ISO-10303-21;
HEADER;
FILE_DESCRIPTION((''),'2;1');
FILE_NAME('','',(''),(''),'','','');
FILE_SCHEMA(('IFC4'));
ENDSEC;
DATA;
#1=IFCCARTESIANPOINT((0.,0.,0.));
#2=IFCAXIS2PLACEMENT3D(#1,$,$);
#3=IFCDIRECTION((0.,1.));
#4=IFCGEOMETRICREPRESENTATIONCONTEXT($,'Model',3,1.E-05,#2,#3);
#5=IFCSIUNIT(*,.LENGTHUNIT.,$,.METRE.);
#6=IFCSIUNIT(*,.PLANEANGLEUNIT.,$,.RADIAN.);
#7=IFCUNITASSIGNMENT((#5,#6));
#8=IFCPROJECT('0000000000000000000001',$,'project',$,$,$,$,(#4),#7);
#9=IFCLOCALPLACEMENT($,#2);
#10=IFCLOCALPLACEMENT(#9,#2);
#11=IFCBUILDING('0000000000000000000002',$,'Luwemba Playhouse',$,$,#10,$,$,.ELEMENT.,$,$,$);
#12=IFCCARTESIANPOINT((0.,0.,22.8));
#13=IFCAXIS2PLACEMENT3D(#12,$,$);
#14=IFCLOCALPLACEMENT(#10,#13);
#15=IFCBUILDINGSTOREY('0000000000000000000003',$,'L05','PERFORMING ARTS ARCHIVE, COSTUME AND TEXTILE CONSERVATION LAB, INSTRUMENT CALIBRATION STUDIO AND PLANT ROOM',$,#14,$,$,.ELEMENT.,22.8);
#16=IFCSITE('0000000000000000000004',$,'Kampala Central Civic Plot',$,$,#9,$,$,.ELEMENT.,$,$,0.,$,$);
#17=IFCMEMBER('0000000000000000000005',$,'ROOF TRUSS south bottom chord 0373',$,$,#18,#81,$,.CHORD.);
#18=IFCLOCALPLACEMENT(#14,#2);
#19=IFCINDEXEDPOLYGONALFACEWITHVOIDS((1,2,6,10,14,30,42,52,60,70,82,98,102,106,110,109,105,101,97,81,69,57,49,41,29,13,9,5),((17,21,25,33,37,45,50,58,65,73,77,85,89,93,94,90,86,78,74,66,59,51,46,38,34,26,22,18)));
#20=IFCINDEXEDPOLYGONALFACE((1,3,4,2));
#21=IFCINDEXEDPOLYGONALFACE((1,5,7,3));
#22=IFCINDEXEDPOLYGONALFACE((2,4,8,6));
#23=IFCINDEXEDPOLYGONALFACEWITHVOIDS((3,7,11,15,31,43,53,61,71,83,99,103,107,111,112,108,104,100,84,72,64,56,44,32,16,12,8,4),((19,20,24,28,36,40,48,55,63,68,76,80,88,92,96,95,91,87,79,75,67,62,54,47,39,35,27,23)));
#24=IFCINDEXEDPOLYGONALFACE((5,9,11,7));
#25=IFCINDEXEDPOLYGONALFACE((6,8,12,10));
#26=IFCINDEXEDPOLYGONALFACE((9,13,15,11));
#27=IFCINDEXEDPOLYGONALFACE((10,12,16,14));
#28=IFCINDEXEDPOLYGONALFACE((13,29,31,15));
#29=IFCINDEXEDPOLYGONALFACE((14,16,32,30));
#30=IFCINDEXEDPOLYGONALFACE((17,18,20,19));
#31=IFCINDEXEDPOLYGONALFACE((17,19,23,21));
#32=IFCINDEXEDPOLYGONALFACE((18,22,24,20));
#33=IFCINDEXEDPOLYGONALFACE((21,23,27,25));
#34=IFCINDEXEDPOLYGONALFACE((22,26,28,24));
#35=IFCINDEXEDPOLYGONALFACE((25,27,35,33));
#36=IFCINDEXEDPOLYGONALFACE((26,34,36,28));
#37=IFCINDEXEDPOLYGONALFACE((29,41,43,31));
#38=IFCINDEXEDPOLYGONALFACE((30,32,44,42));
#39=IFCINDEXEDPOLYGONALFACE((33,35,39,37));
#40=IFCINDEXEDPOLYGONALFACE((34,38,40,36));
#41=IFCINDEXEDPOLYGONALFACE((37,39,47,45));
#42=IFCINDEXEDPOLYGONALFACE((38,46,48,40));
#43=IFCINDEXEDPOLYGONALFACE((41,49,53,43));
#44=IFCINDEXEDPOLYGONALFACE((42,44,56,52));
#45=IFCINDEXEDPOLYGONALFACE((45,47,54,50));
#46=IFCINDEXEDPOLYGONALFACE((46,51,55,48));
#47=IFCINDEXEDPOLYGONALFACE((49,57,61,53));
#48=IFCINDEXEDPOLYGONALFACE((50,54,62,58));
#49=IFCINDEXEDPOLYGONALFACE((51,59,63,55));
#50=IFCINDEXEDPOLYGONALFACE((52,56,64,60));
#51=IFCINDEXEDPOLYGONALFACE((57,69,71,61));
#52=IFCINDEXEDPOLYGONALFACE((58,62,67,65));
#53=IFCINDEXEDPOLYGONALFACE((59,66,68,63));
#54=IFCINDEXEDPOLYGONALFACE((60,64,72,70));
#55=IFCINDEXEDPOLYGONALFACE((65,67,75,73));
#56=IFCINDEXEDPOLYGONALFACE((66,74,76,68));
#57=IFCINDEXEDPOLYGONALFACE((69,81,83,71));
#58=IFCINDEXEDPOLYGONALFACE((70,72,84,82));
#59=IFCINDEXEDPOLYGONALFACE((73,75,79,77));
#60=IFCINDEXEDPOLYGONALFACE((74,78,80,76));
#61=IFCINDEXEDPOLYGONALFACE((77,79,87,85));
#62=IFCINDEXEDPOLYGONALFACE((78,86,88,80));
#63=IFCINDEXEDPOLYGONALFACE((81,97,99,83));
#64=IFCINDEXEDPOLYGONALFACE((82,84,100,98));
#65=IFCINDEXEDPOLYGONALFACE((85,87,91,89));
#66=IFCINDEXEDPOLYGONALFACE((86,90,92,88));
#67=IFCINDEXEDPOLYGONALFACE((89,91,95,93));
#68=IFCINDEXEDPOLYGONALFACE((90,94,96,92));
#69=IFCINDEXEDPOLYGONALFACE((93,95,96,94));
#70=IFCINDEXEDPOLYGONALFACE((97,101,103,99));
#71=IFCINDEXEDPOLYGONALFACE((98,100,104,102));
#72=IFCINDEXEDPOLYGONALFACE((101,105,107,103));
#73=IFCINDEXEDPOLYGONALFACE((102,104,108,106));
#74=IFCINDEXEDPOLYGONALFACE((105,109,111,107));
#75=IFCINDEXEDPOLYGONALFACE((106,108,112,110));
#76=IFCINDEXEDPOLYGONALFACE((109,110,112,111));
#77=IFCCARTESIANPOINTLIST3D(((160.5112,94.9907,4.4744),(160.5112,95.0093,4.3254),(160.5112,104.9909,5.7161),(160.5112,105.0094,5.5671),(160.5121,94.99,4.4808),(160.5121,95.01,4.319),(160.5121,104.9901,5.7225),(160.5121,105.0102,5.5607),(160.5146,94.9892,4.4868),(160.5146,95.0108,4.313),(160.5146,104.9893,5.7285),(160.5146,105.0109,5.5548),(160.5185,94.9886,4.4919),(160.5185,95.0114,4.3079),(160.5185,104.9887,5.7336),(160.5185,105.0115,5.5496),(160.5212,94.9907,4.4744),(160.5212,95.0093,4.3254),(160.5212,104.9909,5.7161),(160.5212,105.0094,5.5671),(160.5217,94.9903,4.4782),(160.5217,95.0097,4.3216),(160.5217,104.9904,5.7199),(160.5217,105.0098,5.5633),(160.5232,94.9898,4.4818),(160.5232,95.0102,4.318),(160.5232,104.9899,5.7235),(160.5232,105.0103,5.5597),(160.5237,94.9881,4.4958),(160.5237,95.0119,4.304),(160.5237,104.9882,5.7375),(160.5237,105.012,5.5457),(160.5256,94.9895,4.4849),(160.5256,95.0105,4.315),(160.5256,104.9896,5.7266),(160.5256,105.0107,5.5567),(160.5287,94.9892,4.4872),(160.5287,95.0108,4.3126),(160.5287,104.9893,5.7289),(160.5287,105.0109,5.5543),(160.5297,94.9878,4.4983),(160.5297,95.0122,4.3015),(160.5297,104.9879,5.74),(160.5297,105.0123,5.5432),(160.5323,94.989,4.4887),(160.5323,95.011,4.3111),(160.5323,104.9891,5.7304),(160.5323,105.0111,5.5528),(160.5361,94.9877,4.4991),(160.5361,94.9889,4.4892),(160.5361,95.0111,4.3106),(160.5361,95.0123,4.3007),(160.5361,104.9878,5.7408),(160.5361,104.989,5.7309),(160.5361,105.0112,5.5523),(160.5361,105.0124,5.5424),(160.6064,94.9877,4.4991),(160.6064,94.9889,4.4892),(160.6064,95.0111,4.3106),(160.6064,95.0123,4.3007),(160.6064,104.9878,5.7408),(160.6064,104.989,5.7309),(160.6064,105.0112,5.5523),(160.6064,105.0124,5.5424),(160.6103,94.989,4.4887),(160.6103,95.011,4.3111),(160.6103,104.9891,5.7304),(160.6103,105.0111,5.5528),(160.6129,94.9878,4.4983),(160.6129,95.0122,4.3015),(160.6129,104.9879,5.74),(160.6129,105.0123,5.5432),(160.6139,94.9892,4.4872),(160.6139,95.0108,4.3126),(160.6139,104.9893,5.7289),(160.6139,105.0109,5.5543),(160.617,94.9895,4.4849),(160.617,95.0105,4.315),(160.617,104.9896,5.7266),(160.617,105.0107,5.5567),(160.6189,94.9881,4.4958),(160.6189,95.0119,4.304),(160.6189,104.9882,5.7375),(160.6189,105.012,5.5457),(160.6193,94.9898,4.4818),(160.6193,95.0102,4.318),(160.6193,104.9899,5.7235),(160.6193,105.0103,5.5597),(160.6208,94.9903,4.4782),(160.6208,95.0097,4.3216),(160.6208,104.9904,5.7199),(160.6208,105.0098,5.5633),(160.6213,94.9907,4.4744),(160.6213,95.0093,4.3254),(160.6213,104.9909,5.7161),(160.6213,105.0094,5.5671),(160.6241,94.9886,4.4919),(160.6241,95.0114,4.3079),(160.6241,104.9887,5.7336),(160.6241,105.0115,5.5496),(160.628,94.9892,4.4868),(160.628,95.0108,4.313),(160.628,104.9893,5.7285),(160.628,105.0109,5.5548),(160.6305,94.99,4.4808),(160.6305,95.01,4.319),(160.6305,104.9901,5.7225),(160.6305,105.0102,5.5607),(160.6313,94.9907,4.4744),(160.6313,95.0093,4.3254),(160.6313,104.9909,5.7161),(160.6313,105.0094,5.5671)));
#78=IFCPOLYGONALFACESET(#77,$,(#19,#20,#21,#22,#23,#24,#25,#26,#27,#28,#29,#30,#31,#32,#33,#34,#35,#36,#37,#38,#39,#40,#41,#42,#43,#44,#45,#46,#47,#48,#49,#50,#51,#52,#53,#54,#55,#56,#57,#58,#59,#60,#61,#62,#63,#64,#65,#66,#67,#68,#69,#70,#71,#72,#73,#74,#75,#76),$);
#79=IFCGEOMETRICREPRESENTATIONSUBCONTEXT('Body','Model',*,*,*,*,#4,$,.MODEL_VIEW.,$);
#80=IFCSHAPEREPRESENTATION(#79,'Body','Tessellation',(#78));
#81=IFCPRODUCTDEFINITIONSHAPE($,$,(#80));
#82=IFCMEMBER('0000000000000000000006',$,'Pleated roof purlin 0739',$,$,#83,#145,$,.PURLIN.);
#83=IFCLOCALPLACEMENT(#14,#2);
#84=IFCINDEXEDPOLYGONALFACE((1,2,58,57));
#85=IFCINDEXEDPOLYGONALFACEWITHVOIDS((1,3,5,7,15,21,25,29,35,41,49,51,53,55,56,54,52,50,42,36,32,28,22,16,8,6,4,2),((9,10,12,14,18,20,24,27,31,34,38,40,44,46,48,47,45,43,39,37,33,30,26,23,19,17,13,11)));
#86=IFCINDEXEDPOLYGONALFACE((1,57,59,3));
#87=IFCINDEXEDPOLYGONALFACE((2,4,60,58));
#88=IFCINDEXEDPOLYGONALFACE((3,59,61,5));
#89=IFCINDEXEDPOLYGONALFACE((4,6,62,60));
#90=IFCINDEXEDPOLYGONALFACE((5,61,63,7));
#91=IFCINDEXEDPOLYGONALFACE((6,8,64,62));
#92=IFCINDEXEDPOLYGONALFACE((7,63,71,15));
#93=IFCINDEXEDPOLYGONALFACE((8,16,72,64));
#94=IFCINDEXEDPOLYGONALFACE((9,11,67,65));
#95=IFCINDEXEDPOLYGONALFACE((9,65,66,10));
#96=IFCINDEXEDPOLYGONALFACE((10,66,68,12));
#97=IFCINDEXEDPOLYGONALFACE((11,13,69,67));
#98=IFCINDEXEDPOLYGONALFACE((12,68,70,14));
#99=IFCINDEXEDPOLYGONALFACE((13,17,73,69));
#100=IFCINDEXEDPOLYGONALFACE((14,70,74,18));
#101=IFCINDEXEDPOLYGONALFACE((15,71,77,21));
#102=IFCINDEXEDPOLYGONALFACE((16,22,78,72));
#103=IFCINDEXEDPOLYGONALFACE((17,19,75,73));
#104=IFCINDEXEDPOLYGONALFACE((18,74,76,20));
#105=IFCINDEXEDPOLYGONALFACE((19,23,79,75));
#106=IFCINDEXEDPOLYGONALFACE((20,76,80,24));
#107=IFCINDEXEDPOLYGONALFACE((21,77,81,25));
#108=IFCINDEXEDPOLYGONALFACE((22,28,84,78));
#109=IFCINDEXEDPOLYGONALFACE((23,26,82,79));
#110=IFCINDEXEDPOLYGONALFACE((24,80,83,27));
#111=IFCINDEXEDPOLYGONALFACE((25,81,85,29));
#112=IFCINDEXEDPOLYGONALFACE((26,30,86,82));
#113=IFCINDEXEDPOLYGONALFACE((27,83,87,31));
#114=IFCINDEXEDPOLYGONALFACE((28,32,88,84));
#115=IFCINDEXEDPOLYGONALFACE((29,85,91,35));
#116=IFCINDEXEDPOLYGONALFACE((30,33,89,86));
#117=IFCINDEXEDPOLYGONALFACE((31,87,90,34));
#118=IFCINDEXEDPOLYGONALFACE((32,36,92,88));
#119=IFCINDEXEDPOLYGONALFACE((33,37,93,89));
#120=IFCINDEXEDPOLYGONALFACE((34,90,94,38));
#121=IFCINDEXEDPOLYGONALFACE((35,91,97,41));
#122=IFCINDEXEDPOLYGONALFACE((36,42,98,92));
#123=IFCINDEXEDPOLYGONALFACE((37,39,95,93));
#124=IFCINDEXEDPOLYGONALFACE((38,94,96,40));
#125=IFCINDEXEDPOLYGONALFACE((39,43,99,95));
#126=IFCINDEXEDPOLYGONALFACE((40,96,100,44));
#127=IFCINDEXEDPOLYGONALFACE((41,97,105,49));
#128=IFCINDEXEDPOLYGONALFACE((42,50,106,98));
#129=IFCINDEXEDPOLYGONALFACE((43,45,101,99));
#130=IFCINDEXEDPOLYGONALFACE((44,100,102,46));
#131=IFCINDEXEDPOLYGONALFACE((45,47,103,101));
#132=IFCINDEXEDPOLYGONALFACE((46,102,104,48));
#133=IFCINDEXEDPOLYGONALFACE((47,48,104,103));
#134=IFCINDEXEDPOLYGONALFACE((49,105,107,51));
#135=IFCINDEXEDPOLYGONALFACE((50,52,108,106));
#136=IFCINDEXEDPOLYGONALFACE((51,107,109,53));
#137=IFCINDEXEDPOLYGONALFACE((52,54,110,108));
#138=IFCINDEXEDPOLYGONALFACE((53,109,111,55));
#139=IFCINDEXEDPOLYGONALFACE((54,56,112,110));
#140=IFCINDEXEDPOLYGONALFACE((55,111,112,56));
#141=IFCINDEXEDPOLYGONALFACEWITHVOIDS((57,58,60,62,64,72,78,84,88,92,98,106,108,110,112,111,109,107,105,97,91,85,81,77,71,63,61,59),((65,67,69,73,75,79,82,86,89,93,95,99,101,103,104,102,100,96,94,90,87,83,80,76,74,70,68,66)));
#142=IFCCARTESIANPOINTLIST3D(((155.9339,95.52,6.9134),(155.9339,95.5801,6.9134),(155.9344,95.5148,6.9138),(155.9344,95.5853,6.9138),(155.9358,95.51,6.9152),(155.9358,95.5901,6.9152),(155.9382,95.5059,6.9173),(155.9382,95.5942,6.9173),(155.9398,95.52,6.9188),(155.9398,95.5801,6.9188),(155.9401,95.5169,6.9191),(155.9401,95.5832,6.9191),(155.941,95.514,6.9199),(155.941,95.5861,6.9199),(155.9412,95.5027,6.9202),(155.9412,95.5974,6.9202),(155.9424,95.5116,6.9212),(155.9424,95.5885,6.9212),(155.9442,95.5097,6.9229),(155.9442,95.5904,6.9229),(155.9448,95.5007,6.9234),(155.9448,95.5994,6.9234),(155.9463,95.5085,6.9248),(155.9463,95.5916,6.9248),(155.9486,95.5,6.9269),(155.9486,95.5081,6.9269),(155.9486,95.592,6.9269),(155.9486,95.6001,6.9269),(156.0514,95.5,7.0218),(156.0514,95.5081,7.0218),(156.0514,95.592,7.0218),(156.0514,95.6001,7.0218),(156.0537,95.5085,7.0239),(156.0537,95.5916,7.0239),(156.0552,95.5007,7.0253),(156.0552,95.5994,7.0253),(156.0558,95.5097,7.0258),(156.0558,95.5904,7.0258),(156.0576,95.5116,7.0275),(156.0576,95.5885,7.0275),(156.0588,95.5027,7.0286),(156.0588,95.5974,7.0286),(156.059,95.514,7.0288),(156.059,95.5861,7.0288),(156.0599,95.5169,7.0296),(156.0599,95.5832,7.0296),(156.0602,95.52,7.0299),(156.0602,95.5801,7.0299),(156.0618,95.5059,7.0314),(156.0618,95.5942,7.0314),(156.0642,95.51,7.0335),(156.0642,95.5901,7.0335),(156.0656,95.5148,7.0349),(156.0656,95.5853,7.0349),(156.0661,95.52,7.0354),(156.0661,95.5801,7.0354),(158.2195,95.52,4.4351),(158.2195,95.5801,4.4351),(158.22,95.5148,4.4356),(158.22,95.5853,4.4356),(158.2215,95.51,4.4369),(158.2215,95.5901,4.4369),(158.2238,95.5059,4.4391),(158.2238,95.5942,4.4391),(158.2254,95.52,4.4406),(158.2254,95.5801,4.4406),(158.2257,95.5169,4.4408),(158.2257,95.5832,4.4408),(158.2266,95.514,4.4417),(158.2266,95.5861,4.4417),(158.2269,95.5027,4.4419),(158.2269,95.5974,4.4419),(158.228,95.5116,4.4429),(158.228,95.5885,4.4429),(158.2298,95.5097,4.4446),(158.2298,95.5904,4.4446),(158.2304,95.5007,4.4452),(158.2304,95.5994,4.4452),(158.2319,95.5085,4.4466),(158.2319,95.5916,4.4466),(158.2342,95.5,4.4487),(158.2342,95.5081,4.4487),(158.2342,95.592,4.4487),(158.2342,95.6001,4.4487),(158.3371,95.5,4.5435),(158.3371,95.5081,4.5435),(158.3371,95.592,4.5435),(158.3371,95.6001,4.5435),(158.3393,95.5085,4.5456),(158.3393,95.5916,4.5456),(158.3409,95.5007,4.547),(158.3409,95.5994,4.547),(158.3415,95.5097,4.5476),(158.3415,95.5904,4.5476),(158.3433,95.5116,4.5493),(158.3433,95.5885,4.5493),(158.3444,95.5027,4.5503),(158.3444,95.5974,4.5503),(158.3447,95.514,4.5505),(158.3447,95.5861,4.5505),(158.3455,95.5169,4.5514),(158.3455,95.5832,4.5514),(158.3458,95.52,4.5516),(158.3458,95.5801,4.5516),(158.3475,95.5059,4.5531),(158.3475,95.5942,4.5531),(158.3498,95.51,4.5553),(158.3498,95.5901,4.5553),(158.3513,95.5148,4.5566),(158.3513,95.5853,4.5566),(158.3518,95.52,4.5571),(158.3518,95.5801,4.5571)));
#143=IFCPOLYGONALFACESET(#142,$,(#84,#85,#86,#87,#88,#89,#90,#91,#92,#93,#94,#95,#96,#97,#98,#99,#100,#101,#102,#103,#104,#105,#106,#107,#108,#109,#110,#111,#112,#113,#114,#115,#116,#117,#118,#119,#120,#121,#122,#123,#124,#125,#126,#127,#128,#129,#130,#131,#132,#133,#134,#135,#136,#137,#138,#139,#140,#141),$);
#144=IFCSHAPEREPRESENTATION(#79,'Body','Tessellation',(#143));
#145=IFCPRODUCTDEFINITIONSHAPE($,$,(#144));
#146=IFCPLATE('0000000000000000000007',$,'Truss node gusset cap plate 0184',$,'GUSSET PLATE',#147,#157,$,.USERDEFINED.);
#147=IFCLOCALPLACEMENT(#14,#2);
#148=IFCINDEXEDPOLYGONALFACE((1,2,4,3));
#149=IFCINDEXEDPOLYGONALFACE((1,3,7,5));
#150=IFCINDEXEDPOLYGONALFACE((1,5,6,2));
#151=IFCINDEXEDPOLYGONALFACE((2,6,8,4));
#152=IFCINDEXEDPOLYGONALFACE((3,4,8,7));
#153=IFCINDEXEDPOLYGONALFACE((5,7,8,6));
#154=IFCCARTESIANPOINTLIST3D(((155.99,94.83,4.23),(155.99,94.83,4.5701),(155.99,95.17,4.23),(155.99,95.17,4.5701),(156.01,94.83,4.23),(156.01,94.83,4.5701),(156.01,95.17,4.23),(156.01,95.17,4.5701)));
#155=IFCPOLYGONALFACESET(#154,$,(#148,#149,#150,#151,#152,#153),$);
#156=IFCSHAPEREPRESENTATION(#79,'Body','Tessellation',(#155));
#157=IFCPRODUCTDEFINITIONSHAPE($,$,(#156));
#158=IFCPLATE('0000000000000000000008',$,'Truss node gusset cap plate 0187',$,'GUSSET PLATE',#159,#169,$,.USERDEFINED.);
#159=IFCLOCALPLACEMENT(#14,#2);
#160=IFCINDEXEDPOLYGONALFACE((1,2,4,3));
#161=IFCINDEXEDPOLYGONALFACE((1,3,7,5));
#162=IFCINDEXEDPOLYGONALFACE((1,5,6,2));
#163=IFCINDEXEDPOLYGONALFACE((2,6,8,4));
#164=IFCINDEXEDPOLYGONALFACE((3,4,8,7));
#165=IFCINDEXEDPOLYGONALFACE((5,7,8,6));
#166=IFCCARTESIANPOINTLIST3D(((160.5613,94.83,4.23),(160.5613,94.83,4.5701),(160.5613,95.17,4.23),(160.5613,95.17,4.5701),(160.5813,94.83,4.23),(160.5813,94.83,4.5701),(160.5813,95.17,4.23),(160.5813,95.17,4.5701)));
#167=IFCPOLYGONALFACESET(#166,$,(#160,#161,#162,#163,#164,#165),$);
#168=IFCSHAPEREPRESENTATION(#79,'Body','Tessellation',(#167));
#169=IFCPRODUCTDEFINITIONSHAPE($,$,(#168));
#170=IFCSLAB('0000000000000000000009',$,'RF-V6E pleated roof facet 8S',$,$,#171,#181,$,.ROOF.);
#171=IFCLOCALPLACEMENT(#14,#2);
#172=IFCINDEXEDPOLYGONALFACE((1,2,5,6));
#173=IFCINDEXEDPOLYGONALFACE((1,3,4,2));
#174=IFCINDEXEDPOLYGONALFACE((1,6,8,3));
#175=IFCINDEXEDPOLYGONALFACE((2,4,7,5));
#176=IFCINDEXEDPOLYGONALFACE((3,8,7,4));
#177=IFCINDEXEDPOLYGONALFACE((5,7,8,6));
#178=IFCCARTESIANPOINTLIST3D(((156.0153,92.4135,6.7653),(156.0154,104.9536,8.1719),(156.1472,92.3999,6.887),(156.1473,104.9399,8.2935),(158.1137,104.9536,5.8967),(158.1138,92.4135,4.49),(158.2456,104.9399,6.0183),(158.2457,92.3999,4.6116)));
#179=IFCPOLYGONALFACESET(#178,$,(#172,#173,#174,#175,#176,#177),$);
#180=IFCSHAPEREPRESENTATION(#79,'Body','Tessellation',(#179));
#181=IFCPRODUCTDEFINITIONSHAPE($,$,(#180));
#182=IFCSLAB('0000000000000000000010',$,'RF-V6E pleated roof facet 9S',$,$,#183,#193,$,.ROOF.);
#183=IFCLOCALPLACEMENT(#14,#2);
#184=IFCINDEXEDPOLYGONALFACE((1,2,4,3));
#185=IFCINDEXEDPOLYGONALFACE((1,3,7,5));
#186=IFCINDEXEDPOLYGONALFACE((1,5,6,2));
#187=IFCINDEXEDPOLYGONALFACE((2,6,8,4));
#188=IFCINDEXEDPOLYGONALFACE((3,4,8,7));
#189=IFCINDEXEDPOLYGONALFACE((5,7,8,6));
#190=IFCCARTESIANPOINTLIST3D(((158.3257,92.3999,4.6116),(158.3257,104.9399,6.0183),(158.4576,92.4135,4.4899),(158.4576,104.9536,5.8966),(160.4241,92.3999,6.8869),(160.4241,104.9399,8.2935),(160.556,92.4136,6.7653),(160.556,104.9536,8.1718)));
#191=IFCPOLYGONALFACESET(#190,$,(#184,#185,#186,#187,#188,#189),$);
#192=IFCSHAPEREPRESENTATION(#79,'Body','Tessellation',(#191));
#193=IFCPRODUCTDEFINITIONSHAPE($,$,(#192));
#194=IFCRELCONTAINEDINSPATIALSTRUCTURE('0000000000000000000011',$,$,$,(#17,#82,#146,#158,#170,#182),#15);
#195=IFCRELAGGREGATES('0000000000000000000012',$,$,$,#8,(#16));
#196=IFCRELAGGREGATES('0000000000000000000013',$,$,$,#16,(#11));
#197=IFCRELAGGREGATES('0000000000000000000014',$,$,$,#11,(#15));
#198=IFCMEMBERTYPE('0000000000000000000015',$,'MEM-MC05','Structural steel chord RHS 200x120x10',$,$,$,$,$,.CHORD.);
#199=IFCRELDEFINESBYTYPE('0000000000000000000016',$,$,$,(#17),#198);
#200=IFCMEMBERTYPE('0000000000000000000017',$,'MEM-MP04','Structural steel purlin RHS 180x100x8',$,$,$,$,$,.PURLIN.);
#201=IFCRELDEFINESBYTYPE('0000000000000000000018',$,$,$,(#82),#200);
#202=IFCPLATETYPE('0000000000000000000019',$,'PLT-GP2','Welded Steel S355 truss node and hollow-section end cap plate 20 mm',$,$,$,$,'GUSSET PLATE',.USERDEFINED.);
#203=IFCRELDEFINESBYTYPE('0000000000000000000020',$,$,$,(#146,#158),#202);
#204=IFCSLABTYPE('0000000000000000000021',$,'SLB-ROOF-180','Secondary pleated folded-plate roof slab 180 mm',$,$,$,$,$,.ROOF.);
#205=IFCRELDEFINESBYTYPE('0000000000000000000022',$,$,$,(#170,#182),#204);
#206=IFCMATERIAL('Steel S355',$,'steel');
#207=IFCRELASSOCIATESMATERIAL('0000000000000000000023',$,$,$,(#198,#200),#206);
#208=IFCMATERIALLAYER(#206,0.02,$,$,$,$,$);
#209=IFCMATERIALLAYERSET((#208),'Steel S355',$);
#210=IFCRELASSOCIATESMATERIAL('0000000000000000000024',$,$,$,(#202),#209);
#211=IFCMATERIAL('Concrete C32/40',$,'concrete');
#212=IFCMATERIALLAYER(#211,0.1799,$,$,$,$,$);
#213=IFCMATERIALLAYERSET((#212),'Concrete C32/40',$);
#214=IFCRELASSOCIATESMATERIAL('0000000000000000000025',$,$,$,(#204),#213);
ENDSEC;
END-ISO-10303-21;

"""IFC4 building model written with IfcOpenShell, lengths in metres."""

from ifc_helpers import new_model, si_unit, direction, frame, origin, origin_2d, place, context, subcontext, project, spatial, polyline, rectangle, hollow_rectangle, outline, extrude, material, layer, layer_set, material_profile, profile_set, type_object, element, save


model = new_model("IFC4")

# Units and contexts
model_context = context("Model", 3, precision=1e-05, world=origin(), true_north=direction((0.0, 1.0)))
body_context = subcontext(model_context, "Body", "Model", "MODEL_VIEW")
ifc_project = project(units=[si_unit("LENGTHUNIT", "METRE"), si_unit("PLANEANGLEUNIT", "RADIAN")], contexts=[model_context])

# Site, building, storey
site_placement = place(None, origin())
site = spatial("IfcSite", under=ifc_project, at=site_placement, Name="Kampala Central Civic Plot", CompositionType="ELEMENT", RefElevation=0.0)
building_placement = place(site_placement, origin())
building = spatial("IfcBuilding", under=site, at=building_placement, Name="Luwemba Playhouse", CompositionType="ELEMENT")
storey_placement = place(building_placement, frame((0.0, 0.0, 22.8)))
storey = spatial("IfcBuildingStorey", under=building, at=storey_placement, Name="L05", Description="PERFORMING ARTS ARCHIVE, COSTUME AND TEXTILE CONSERVATION LAB, INSTRUMENT CALIBRATION STUDIO AND PLANT ROOM", CompositionType="ELEMENT", Elevation=22.8)

# Shared definitions
ifc_material_1 = material(Name="Steel S355", Category="steel")

# Members
ifc_material_profile_1 = material_profile(ifc_material_1, hollow_rectangle(XDim=0.1201, YDim=0.2, WallThickness=0.01, InnerFilletRadius=0.0149, OuterFilletRadius=0.0249, at=origin_2d()))
ifc_profile_set_1 = profile_set([ifc_material_profile_1], Name="Steel S355")
member_type_1 = type_object("IfcMemberType", Name="MEM-MC05", Description="Structural steel chord RHS 200x120x10", PredefinedType="CHORD", material=ifc_profile_set_1)
member_1_placement = place(storey_placement, frame((160.5713, 95.0, 4.3999), z_axis=(0.0, 0.992379, 0.123224), x_axis=(-1.0, 0.0, 0.0)))
element("IfcMember", 1, at=member_1_placement, inside=storey, type_object=member_type_1, Name="ROOF TRUSS south bottom chord 0373", PredefinedType="CHORD", context=body_context, shape_type="SweptSolid", body=[
    extrude(hollow_rectangle(XDim=0.1201, YDim=0.2, WallThickness=0.01, InnerFilletRadius=0.0149, OuterFilletRadius=0.0249, at=origin_2d()), origin(), (0.0, 0.0, 1.0), 10.0769),
])
ifc_material_profile_2 = material_profile(ifc_material_1, hollow_rectangle(XDim=0.1001, YDim=0.1799, WallThickness=0.0081, InnerFilletRadius=0.012, OuterFilletRadius=0.02, at=origin_2d()))
ifc_profile_set_2 = profile_set([ifc_material_profile_2], Name="Steel S355")
member_type_2 = type_object("IfcMemberType", Name="MEM-MP04", Description="Structural steel purlin RHS 180x100x8", PredefinedType="PURLIN", material=ifc_profile_set_2)
member_2_placement = place(storey_placement, frame((156.0, 95.55, 6.9744), z_axis=(0.677961, 0.0, -0.735098), x_axis=(0.0, 1.0, 0.0)))
element("IfcMember", 2, at=member_2_placement, inside=storey, type_object=member_type_2, Name="Pleated roof purlin 0739", PredefinedType="PURLIN", context=body_context, shape_type="SweptSolid", body=[
    extrude(hollow_rectangle(XDim=0.1001, YDim=0.1799, WallThickness=0.0081, InnerFilletRadius=0.012, OuterFilletRadius=0.02, at=origin_2d()), origin(), (0.0, 0.0, 1.0), 3.3713),
])

# Plates
ifc_layer_1 = layer(ifc_material_1, 0.02)
ifc_layer_set_1 = layer_set([ifc_layer_1], Name="Steel S355")
plate_type = type_object("IfcPlateType", Name="PLT-GP2", Description="Welded Steel S355 truss node and hollow-section end cap plate 20 mm", ElementType="GUSSET PLATE", PredefinedType="USERDEFINED", material=ifc_layer_set_1)
for number, where, z_axis, x_axis, name in (
    (3, (156.0, 95.0, 4.23), (0.0, 0.0, 1.0), (1.0, 0.0, 0.0), "Truss node gusset cap plate 0184"),
    (4, (160.5713, 95.0, 4.23), (0.0, 0.0, 1.0), (1.0, 0.0, 0.0), "Truss node gusset cap plate 0187"),
):
    element("IfcPlate", number, at=place(storey_placement, frame(where, z_axis=z_axis, x_axis=x_axis)), inside=storey, type_object=plate_type, Name=name, ObjectType="GUSSET PLATE", PredefinedType="USERDEFINED", context=body_context, shape_type="SweptSolid", body=[
        extrude(rectangle(XDim=0.02, YDim=0.3401, at=origin_2d()), origin(), (0.0, 0.0, 1.0), 0.3401),
    ])

# Slabs
ifc_material_2 = material(Name="Concrete C32/40", Category="concrete")
ifc_layer_2 = layer(ifc_material_2, 0.1799)
ifc_layer_set_2 = layer_set([ifc_layer_2], Name="Concrete C32/40")
slab_type = type_object("IfcSlabType", Name="SLB-ROOF-180", Description="Secondary pleated folded-plate roof slab 180 mm", PredefinedType="ROOF", material=ifc_layer_set_2)
slab_1_placement = place(storey_placement, frame((156.1472, 92.3999, 6.887), z_axis=(0.732986, -0.075827, 0.676004), x_axis=(0.677956, -0.000002, -0.735103)))
element("IfcSlab", 5, at=slab_1_placement, inside=storey, type_object=slab_type, Name="RF-V6E pleated roof facet 8S", PredefinedType="ROOF", context=body_context, shape_type="SweptSolid", body=[
    extrude(outline(polyline([(0.0, 0.0), (3.0953, 0.0), (2.0611, 12.5763), (-1.0339, 12.5762), (0.0, 0.0)])), origin(), (0.0, 0.0, -1.0), 0.1799),
])
slab_2_placement = place(storey_placement, frame((158.3257, 92.3999, 4.6116), z_axis=(-0.732986, -0.075827, 0.676004), x_axis=(0.677956, 0.000002, 0.735103)))
element("IfcSlab", 6, at=slab_2_placement, inside=storey, type_object=slab_type, Name="RF-V6E pleated roof facet 9S", PredefinedType="ROOF", context=body_context, shape_type="SweptSolid", body=[
    extrude(outline(polyline([(0.0, 0.0), (3.0953, 0.0), (4.1292, 12.5762), (1.0341, 12.5763), (0.0, 0.0)])), origin(), (0.0, 0.0, -1.0), 0.1799),
])

save(model, "model.ifc")
